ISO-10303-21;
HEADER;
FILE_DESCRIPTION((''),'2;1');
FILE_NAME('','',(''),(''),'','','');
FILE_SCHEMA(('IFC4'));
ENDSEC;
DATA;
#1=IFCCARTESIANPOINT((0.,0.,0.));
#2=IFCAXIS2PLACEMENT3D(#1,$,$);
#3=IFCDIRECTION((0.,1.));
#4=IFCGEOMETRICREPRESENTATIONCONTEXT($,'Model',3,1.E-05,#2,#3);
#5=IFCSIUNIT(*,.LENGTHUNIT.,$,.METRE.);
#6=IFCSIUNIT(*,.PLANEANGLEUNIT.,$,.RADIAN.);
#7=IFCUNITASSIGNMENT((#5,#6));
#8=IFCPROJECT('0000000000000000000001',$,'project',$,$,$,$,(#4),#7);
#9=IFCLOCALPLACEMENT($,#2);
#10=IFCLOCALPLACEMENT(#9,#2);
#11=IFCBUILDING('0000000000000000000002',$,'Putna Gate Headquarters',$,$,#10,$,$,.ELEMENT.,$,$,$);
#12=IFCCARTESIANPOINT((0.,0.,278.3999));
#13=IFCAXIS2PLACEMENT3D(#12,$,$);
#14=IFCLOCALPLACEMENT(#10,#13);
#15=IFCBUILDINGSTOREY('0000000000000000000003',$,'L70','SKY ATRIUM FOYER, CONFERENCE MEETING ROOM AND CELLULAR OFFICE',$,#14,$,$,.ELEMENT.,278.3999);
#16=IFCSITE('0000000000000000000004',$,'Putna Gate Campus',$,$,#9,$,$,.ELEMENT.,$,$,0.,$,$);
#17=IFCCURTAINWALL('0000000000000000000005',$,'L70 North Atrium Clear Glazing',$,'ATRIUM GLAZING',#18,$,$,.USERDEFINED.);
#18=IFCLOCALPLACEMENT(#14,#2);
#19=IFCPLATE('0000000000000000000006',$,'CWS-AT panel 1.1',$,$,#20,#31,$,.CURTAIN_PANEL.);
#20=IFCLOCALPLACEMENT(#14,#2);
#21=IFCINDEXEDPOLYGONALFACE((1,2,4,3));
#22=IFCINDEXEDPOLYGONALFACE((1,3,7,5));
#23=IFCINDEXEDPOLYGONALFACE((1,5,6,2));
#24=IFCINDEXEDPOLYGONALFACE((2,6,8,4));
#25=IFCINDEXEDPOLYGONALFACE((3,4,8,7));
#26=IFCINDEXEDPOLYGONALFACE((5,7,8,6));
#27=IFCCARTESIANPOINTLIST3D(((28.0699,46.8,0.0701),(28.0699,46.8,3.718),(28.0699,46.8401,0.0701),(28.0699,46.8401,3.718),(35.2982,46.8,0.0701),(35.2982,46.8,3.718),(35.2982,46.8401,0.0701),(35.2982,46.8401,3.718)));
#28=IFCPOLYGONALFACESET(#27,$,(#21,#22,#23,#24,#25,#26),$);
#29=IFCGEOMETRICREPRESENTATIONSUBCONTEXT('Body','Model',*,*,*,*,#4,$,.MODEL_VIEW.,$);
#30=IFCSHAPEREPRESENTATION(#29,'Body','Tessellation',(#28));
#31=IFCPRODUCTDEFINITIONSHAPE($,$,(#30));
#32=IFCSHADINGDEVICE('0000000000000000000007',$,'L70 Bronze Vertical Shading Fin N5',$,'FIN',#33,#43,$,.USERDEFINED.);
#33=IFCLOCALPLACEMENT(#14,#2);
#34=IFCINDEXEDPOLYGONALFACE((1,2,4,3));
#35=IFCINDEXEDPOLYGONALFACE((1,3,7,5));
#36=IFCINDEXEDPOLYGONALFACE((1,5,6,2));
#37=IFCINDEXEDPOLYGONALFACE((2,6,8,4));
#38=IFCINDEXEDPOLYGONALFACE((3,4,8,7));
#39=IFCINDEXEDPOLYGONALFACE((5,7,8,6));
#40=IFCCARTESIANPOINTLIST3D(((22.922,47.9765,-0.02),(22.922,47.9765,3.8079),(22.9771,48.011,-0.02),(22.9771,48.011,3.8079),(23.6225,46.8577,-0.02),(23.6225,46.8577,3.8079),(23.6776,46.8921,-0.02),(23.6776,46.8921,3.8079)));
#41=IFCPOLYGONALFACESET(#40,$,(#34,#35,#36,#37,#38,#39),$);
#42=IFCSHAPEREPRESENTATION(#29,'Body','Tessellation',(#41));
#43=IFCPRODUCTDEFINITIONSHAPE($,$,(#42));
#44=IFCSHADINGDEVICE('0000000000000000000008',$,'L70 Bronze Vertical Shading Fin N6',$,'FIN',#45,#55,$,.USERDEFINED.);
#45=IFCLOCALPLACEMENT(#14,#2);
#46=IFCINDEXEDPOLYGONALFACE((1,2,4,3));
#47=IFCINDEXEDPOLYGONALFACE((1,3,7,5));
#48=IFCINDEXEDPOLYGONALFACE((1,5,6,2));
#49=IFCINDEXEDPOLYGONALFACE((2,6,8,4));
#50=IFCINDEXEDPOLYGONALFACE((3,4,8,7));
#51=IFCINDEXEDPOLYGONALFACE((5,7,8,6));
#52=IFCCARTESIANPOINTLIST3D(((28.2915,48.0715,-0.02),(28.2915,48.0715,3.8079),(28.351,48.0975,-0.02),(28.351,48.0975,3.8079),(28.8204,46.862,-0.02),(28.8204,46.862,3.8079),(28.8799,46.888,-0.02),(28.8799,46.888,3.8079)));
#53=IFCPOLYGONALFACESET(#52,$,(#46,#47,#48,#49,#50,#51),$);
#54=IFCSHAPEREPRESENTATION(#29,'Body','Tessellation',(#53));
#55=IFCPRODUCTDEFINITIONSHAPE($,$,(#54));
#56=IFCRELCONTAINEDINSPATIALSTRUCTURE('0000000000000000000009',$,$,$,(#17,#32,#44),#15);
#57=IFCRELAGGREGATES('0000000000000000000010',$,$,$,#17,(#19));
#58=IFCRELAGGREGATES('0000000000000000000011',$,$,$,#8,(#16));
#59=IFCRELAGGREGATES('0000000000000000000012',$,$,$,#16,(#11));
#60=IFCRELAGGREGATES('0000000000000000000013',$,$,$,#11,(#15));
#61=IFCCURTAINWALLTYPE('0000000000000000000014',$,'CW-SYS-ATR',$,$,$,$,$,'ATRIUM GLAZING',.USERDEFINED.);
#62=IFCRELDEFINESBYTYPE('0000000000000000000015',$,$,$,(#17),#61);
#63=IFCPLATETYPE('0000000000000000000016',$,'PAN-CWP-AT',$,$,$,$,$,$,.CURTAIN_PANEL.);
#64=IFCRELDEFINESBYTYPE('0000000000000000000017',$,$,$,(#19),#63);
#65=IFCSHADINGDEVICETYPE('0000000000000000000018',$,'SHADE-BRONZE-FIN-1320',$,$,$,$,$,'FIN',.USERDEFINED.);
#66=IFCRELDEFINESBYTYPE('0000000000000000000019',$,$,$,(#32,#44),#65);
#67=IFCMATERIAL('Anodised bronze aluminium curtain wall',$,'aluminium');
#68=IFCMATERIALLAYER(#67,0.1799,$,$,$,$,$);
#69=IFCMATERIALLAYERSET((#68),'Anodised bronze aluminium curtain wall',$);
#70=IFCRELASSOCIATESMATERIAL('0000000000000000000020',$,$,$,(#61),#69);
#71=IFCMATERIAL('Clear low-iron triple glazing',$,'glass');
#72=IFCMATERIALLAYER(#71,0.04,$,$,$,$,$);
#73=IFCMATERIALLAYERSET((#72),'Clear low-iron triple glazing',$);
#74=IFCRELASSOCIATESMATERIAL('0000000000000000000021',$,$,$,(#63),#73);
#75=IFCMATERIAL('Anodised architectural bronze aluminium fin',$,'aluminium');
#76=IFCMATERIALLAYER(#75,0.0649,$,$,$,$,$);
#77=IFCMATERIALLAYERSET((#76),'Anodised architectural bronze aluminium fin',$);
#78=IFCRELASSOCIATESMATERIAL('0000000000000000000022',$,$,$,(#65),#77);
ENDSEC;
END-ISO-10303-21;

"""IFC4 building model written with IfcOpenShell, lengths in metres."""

from ifc_helpers import new_model, si_unit, direction, frame, origin, origin_2d, place, context, subcontext, project, spatial, rectangle, extrude, material, layer, layer_set, type_object, element, aggregate, save


model = new_model("IFC4")

# Units and contexts
model_context = context("Model", 3, precision=1e-05, world=origin(), true_north=direction((0.0, 1.0)))
body_context = subcontext(model_context, "Body", "Model", "MODEL_VIEW")
ifc_project = project(units=[si_unit("LENGTHUNIT", "METRE"), si_unit("PLANEANGLEUNIT", "RADIAN")], contexts=[model_context])

# Site, building, storey
site_placement = place(None, origin())
site = spatial("IfcSite", under=ifc_project, at=site_placement, Name="Putna Gate Campus", CompositionType="ELEMENT", RefElevation=0.0)
building_placement = place(site_placement, origin())
building = spatial("IfcBuilding", under=site, at=building_placement, Name="Putna Gate Headquarters", CompositionType="ELEMENT")
storey_placement = place(building_placement, frame((0.0, 0.0, 278.3999)))
storey = spatial("IfcBuildingStorey", under=building, at=storey_placement, Name="L70", Description="SKY ATRIUM FOYER, CONFERENCE MEETING ROOM AND CELLULAR OFFICE", CompositionType="ELEMENT", Elevation=278.3999)

# Shared definitions
ifc_material_1 = material(Name="Anodised bronze aluminium curtain wall", Category="aluminium")

# Curtain wall
ifc_layer_1 = layer(ifc_material_1, 0.1799)
ifc_layer_set_1 = layer_set([ifc_layer_1], Name="Anodised bronze aluminium curtain wall")
curtain_wall_type_1 = type_object("IfcCurtainWallType", Name="CW-SYS-ATR", ElementType="ATRIUM GLAZING", PredefinedType="USERDEFINED", material=ifc_layer_set_1)
curtain_wall_1_placement = place(storey_placement, origin())
curtain_wall_1 = element("IfcCurtainWall", 1, at=curtain_wall_1_placement, inside=storey, type_object=curtain_wall_type_1, Name="L70 North Atrium Clear Glazing", ObjectType="ATRIUM GLAZING", PredefinedType="USERDEFINED")

# Plate
ifc_material_2 = material(Name="Clear low-iron triple glazing", Category="glass")
ifc_layer_2 = layer(ifc_material_2, 0.04)
ifc_layer_set_2 = layer_set([ifc_layer_2], Name="Clear low-iron triple glazing")
plate_type_1 = type_object("IfcPlateType", Name="PAN-CWP-AT", PredefinedType="CURTAIN_PANEL", material=ifc_layer_set_2)
plate_1_placement = place(storey_placement, frame((31.6841, 46.8201, 0.0701), z_axis=(0.0, 0.0, 1.0), x_axis=(1.0, 0.0, 0.0)))
plate_1 = element("IfcPlate", 2, at=plate_1_placement, type_object=plate_type_1, Name="CWS-AT panel 1.1", PredefinedType="CURTAIN_PANEL", context=body_context, shape_type="SweptSolid", body=[
    extrude(rectangle(XDim=7.2283, YDim=0.04, at=origin_2d()), origin(), (0.0, 0.0, 1.0), 3.6479),
])
aggregate(curtain_wall_1, [plate_1])

# Shading devices
ifc_material_3 = material(Name="Anodised architectural bronze aluminium fin", Category="aluminium")
ifc_layer_3 = layer(ifc_material_3, 0.0649)
ifc_layer_set_3 = layer_set([ifc_layer_3], Name="Anodised architectural bronze aluminium fin")
shading_device_type = type_object("IfcShadingDeviceType", Name="SHADE-BRONZE-FIN-1320", ElementType="FIN", PredefinedType="USERDEFINED", material=ifc_layer_set_3)
for number, where, z_axis, x_axis, name in (
    (3, (23.2998, 47.4343, -0.02), (0.0, 0.0, 1.0), (-0.530659, 0.847585, 0.0), "L70 Bronze Vertical Shading Fin N5"),
    (4, (28.5857, 47.4797, -0.02), (0.0, 0.0, 1.0), (-0.400669, 0.916223, 0.0), "L70 Bronze Vertical Shading Fin N6"),
):
    element("IfcShadingDevice", number, at=place(storey_placement, frame(where, z_axis=z_axis, x_axis=x_axis)), inside=storey, type_object=shading_device_type, Name=name, ObjectType="FIN", PredefinedType="USERDEFINED", context=body_context, shape_type="SweptSolid", body=[
        extrude(rectangle(XDim=1.3201, YDim=0.0649, at=origin_2d()), origin(), (0.0, 0.0, 1.0), 3.8279),
    ])

save(model, "model.ifc")
